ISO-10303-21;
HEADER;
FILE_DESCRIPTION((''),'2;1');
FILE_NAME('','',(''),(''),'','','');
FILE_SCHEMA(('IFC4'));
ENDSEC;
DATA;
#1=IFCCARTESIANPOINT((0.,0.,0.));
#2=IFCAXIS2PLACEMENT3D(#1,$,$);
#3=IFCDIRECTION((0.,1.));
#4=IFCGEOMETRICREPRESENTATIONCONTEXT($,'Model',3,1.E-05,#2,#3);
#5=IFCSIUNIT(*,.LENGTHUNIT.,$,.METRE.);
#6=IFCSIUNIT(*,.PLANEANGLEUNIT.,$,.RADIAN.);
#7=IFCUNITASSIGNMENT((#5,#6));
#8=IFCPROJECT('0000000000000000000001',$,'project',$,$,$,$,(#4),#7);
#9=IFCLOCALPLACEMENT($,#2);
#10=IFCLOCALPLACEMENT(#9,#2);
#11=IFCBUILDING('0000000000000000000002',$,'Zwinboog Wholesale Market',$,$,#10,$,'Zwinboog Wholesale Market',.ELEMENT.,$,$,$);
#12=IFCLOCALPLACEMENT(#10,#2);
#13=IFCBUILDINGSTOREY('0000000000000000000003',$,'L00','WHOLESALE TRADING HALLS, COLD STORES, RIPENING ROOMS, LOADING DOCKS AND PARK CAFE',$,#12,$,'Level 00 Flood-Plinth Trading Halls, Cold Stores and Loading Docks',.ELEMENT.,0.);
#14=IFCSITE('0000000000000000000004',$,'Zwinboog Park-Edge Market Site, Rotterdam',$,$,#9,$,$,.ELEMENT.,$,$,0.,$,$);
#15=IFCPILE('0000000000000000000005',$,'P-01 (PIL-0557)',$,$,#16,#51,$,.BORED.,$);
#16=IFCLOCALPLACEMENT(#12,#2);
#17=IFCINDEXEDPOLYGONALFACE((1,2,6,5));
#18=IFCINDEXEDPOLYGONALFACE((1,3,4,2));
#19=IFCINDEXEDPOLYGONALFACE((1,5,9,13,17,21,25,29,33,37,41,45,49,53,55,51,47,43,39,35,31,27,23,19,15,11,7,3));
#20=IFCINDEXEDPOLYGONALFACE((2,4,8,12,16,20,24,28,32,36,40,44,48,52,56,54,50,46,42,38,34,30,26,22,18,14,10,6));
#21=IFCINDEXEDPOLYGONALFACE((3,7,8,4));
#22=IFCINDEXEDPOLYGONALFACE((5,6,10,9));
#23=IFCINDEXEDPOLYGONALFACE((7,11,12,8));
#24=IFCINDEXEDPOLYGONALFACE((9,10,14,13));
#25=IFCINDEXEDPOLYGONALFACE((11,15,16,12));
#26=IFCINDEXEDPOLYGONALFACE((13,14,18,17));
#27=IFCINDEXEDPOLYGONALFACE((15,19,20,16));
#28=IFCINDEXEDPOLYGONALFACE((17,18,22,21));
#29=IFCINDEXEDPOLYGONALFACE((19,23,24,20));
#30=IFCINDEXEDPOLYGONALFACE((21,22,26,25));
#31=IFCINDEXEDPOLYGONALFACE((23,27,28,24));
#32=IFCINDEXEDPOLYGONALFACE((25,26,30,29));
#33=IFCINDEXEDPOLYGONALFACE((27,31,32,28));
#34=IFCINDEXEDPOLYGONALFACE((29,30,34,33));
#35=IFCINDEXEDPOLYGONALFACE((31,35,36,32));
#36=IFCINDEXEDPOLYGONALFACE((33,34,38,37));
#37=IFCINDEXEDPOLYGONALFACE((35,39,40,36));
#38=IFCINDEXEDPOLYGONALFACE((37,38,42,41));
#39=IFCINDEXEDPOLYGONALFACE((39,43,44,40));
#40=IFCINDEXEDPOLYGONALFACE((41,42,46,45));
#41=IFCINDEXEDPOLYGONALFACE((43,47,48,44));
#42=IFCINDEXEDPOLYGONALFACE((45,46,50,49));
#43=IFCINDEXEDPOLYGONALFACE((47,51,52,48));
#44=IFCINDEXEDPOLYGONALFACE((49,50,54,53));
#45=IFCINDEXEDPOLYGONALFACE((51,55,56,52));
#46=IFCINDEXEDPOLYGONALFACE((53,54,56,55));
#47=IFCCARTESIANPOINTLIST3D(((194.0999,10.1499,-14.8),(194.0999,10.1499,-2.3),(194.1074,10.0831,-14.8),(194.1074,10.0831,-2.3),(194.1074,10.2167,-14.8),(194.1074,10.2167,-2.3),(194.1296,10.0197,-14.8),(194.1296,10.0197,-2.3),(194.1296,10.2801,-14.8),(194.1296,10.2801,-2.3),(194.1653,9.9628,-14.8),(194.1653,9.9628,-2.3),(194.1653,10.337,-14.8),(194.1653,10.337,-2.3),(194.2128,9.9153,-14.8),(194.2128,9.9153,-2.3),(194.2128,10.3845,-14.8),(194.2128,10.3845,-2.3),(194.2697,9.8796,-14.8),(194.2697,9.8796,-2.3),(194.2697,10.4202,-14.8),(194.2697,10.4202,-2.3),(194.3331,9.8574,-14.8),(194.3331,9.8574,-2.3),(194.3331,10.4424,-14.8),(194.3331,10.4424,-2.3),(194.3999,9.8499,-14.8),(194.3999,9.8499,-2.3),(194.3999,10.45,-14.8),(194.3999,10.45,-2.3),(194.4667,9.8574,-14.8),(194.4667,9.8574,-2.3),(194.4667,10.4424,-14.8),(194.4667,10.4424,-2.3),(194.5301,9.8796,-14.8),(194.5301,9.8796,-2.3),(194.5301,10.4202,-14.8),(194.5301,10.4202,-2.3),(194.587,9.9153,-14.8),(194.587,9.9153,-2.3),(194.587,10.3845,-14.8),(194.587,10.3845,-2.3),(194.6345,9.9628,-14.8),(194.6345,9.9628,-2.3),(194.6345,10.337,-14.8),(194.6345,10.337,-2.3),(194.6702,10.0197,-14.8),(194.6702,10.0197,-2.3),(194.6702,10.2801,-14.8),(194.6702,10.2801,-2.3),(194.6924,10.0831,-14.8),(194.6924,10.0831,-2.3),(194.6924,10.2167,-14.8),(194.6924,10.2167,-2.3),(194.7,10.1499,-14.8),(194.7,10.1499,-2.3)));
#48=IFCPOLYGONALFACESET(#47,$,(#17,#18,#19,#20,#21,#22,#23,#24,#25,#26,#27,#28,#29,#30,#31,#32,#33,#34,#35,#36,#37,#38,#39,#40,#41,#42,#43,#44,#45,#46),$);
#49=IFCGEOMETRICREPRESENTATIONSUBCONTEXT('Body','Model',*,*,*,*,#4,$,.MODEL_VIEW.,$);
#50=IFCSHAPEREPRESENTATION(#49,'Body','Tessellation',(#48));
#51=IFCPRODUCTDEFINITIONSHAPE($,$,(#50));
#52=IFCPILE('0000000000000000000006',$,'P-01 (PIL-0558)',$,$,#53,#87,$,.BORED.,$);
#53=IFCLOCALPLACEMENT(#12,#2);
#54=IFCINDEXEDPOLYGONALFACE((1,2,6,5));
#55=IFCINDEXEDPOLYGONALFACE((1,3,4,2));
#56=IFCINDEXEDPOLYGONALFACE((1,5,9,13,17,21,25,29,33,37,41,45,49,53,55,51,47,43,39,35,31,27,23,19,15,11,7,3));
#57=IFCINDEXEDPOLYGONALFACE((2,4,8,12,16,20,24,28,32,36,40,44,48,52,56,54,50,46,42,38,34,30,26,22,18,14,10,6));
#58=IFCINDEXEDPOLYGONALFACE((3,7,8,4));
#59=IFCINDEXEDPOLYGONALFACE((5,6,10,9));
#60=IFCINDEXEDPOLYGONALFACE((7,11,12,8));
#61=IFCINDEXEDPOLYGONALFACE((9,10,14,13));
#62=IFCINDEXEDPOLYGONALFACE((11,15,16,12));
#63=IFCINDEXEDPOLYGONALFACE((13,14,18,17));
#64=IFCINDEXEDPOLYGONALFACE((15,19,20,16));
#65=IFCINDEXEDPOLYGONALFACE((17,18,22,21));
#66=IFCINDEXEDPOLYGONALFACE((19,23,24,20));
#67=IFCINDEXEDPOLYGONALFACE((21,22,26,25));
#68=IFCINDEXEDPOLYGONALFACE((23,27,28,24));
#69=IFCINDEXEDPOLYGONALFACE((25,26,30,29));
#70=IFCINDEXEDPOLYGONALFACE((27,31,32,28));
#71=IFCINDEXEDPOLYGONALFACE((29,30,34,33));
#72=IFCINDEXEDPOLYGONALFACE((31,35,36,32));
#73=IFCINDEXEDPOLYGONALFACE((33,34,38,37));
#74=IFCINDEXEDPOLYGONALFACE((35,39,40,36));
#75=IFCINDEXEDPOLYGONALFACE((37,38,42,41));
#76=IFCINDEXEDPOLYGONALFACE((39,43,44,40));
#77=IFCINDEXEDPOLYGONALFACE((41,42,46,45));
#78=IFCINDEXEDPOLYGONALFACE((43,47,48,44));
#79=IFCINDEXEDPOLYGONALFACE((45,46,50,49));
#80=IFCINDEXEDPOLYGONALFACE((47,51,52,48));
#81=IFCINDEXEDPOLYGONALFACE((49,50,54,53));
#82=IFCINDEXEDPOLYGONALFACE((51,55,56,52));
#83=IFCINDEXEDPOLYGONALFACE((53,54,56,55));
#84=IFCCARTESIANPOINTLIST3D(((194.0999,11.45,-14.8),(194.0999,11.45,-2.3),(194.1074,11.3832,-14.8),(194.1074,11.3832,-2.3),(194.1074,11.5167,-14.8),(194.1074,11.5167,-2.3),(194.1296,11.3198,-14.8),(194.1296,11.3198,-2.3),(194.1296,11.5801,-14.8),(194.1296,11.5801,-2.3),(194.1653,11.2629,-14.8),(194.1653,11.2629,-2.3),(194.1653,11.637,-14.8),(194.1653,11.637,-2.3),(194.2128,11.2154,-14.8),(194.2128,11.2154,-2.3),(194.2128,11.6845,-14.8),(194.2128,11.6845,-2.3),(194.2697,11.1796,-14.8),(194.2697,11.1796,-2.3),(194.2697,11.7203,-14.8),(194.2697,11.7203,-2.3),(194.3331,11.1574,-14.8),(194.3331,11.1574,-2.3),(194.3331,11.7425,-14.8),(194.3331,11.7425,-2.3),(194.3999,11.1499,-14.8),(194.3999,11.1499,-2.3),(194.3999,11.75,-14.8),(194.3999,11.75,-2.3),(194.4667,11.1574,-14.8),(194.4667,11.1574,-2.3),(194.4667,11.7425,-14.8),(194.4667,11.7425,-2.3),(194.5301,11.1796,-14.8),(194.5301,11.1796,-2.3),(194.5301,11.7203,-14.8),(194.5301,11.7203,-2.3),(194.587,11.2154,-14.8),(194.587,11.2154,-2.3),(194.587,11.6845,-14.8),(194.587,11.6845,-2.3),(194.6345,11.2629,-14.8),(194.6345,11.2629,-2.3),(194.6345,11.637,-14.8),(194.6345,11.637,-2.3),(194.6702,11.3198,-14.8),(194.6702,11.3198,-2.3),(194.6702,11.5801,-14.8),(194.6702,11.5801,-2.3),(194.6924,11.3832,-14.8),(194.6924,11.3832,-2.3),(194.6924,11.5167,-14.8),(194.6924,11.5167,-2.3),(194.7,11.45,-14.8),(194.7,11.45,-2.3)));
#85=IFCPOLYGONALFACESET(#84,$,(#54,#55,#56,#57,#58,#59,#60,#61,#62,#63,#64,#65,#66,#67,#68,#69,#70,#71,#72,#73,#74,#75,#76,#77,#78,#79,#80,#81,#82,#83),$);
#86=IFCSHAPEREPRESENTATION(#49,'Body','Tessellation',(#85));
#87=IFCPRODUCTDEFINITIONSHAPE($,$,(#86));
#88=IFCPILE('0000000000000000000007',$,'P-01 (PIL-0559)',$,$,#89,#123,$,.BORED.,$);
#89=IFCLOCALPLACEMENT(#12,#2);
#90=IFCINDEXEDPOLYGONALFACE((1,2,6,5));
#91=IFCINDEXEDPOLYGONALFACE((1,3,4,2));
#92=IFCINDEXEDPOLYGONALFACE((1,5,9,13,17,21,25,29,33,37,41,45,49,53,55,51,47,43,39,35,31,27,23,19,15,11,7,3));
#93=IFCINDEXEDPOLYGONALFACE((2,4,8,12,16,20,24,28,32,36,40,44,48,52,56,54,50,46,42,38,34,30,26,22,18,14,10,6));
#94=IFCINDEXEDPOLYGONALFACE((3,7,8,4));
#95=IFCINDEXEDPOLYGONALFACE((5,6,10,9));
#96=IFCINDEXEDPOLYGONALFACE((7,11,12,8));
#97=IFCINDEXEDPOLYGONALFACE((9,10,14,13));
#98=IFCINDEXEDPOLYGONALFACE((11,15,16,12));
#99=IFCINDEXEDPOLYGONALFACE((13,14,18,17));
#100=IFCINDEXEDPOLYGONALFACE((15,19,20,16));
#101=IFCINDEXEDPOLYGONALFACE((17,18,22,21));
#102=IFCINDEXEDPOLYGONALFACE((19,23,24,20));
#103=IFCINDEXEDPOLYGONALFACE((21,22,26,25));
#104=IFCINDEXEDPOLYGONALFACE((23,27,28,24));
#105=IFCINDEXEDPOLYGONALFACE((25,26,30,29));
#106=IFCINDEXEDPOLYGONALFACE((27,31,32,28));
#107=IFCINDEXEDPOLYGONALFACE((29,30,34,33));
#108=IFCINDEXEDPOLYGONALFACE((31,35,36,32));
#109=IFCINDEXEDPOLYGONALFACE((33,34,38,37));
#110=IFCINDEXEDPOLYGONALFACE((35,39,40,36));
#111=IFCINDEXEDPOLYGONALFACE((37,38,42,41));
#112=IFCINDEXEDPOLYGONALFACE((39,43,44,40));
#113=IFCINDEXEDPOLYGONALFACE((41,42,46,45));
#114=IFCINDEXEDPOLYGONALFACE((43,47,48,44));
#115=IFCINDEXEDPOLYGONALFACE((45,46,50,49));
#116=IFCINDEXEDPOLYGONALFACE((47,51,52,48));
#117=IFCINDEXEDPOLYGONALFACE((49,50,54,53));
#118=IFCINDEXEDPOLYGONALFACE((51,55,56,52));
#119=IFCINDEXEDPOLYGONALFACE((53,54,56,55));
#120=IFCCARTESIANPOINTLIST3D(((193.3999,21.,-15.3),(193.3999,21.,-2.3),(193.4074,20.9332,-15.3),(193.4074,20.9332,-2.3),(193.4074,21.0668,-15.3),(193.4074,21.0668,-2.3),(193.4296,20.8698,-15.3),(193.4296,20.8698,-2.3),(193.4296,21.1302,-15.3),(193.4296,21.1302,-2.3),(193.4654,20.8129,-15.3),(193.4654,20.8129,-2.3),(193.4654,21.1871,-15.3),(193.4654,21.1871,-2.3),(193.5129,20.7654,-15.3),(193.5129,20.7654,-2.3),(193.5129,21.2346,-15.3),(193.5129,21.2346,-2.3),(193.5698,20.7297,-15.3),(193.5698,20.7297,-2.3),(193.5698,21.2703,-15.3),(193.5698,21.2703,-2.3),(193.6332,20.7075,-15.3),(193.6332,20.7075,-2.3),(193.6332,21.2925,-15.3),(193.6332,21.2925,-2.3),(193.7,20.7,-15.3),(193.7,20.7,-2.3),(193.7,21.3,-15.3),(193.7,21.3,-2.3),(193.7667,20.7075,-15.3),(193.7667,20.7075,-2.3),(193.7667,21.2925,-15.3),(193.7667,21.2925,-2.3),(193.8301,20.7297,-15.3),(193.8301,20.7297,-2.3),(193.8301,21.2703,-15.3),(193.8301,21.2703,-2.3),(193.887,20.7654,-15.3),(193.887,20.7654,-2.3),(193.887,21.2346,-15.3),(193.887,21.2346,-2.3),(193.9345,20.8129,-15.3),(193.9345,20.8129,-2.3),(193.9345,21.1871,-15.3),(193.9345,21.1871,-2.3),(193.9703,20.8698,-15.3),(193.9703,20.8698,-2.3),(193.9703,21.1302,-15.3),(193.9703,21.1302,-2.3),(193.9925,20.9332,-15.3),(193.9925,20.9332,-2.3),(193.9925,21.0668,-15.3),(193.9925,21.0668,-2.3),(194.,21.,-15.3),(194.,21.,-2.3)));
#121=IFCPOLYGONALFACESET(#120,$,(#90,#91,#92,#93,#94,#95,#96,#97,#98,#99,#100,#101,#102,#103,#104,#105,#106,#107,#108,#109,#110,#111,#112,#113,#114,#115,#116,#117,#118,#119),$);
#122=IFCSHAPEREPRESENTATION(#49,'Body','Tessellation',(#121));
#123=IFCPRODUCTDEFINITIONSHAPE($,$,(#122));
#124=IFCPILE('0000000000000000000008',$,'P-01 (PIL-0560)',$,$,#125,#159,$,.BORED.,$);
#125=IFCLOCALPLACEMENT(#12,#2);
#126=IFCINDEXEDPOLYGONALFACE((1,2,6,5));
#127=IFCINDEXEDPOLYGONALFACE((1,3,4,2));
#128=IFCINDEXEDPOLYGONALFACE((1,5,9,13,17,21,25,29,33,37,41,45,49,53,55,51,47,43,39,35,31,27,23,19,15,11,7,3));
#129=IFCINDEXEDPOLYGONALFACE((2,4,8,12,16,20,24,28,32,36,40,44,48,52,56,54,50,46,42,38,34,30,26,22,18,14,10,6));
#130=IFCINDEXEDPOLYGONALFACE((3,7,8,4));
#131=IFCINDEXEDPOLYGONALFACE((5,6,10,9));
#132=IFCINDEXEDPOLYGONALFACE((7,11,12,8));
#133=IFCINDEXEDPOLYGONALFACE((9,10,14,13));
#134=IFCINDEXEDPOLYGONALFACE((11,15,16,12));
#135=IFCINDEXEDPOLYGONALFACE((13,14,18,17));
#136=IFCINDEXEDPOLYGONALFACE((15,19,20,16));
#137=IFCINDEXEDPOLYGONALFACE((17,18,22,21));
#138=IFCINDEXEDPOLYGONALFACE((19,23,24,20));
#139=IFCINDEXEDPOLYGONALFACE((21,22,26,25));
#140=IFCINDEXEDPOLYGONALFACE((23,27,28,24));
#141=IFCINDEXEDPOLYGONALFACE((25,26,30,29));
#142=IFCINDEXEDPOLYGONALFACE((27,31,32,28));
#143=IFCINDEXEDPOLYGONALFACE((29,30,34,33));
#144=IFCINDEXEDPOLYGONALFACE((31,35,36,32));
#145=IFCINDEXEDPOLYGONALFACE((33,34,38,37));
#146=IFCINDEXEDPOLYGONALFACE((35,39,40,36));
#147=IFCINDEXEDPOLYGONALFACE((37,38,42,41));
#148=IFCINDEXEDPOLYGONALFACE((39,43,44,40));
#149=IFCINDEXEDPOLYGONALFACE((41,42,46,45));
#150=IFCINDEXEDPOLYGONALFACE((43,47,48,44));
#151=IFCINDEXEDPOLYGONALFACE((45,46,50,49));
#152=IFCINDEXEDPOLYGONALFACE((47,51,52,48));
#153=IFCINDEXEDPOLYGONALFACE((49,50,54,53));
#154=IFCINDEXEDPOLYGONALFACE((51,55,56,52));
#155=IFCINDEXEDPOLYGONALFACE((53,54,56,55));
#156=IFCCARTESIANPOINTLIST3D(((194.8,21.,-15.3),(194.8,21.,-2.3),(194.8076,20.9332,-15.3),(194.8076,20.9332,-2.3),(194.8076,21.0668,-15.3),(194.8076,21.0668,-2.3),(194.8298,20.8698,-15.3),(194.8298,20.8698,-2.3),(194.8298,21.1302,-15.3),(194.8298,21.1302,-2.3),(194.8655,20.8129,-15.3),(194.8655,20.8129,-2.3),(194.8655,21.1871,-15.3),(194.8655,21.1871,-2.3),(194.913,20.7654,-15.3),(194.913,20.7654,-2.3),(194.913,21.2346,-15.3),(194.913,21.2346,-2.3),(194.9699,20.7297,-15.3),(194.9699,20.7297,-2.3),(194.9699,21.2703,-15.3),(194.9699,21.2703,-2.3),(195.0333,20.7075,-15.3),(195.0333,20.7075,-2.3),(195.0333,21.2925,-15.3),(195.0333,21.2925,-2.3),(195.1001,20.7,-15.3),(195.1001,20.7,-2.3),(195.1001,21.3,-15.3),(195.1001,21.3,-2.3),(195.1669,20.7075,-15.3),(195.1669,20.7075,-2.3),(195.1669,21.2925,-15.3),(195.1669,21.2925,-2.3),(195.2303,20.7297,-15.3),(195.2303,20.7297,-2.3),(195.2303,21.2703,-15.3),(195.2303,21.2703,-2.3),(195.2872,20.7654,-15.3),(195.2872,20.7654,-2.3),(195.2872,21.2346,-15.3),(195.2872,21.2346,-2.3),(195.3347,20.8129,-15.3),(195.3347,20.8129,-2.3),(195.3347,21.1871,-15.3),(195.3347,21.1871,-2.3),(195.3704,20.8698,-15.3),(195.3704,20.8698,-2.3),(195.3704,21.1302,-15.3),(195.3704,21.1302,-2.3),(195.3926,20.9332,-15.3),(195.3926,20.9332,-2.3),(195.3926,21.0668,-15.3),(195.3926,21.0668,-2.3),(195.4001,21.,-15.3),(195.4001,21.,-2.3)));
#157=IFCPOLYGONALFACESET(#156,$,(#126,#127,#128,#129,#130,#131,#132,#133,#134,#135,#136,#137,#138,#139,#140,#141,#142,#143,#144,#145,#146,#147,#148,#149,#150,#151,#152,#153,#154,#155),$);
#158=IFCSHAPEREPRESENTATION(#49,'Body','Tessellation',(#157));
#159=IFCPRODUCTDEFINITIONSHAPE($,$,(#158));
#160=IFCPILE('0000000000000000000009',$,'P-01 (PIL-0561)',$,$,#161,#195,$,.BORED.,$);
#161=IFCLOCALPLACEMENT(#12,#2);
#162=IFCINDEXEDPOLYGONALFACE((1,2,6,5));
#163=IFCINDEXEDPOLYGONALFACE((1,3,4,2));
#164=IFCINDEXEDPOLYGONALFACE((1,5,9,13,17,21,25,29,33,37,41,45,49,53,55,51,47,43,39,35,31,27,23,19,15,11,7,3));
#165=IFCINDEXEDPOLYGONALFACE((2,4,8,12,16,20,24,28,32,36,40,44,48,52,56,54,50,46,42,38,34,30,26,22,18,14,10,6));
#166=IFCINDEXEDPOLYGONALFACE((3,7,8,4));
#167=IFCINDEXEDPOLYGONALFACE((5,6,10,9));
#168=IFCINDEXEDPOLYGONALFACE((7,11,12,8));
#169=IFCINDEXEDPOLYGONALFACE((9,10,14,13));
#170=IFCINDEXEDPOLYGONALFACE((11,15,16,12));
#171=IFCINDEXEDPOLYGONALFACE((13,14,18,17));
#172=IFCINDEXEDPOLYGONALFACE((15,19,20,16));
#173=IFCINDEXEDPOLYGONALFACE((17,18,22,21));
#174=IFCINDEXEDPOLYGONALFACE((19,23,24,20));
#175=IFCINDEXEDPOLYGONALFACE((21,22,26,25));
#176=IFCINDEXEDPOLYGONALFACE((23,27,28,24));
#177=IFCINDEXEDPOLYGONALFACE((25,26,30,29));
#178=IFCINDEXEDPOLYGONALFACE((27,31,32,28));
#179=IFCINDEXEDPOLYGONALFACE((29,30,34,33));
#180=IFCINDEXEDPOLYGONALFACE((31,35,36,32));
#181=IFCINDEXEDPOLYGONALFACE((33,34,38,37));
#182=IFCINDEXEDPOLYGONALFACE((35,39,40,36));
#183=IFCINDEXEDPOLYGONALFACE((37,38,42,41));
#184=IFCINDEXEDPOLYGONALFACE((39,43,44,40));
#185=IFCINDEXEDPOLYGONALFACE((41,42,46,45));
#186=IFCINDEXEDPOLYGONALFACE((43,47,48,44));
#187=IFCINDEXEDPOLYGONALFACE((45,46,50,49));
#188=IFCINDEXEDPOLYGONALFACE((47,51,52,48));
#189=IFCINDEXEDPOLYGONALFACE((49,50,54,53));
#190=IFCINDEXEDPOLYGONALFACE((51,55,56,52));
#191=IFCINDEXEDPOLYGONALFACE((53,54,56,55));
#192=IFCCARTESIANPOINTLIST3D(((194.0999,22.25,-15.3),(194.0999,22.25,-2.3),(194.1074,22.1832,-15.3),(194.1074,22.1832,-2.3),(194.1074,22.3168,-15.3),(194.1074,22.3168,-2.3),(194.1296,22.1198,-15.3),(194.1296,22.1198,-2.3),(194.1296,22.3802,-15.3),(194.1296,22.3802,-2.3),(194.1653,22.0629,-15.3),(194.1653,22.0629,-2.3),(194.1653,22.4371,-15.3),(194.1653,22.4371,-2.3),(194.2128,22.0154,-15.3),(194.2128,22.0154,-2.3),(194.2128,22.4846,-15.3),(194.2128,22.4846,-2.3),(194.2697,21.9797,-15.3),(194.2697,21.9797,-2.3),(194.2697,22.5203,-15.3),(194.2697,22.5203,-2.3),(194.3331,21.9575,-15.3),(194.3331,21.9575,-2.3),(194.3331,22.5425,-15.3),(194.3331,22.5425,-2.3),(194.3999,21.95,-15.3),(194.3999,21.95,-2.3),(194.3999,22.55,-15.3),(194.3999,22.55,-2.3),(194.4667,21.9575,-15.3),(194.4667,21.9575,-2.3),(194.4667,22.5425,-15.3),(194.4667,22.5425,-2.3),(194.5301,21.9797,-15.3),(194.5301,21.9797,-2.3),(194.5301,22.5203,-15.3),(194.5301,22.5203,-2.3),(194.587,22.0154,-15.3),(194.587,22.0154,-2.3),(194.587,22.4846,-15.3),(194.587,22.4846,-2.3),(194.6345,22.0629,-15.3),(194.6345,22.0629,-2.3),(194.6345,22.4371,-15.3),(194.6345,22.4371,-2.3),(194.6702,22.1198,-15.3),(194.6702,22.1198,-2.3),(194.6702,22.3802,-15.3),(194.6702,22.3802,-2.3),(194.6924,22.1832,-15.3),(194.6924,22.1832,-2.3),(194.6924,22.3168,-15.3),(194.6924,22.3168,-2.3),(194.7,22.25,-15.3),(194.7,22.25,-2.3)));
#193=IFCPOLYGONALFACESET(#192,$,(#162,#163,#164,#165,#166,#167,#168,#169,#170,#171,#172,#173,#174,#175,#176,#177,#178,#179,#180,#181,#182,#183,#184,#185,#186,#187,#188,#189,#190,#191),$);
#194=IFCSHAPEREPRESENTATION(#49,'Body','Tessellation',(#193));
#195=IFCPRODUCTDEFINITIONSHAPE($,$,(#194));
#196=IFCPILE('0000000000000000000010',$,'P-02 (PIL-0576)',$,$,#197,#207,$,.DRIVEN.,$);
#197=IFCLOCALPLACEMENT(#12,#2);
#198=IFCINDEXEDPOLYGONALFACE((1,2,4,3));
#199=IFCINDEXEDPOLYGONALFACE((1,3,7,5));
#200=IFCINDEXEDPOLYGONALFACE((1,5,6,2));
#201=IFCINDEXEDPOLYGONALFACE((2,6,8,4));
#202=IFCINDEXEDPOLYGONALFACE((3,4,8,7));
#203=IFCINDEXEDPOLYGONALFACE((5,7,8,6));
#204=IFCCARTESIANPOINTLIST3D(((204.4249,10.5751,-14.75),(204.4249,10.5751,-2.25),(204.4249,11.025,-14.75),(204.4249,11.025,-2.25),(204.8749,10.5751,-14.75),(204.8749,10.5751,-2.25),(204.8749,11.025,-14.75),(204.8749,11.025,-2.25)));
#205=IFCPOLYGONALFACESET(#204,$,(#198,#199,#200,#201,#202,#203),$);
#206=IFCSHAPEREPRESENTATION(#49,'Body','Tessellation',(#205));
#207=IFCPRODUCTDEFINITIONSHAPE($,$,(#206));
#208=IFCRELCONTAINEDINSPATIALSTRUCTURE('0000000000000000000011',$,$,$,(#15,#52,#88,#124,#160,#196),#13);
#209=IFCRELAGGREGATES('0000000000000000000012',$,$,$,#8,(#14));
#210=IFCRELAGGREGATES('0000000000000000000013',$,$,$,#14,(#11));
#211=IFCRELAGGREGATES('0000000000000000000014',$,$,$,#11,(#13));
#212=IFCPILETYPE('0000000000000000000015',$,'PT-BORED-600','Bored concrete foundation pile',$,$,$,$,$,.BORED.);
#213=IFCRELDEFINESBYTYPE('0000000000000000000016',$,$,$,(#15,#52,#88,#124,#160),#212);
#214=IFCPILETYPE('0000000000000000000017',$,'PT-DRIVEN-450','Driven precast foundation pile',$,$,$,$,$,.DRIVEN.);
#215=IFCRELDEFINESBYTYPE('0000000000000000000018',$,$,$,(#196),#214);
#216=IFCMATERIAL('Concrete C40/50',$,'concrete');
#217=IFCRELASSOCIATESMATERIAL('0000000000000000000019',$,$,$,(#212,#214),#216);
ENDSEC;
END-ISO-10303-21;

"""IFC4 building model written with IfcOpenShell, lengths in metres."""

from ifc_helpers import new_model, si_unit, direction, frame, origin, origin_2d, place, context, subcontext, project, spatial, rectangle, circle, extrude, material, material_profile, profile_set, type_object, element, save


model = new_model("IFC4")

# Units and contexts
model_context = context("Model", 3, precision=1e-05, world=origin(), true_north=direction((0.0, 1.0)))
body_context = subcontext(model_context, "Body", "Model", "MODEL_VIEW")
ifc_project = project(units=[si_unit("LENGTHUNIT", "METRE"), si_unit("PLANEANGLEUNIT", "RADIAN")], contexts=[model_context])

# Site, building, storey
site_placement = place(None, origin())
site = spatial("IfcSite", under=ifc_project, at=site_placement, Name="Zwinboog Park-Edge Market Site, Rotterdam", CompositionType="ELEMENT", RefElevation=0.0)
building_placement = place(site_placement, origin())
building = spatial("IfcBuilding", under=site, at=building_placement, Name="Zwinboog Wholesale Market", LongName="Zwinboog Wholesale Market", CompositionType="ELEMENT")
storey_placement = place(building_placement, origin())
storey = spatial("IfcBuildingStorey", under=building, at=storey_placement, Name="L00", Description="WHOLESALE TRADING HALLS, COLD STORES, RIPENING ROOMS, LOADING DOCKS AND PARK CAFE", LongName="Level 00 Flood-Plinth Trading Halls, Cold Stores and Loading Docks", CompositionType="ELEMENT", Elevation=0.0)

# Piles
ifc_material_1 = material(Name="Concrete C40/50", Category="concrete")
ifc_material_profile_1 = material_profile(ifc_material_1, circle(Radius=0.3, at=origin_2d()), Name="PILE D600")
ifc_profile_set_1 = profile_set([ifc_material_profile_1], Name="Concrete C40/50")
pile_type_1 = type_object("IfcPileType", Name="PT-BORED-600", Description="Bored concrete foundation pile", PredefinedType="BORED", material=ifc_profile_set_1)
for number, where, z_axis, x_axis, name in (
    (1, (194.3999, 10.1499, -2.3), (0.0, 0.0, -1.0), (1.0, 0.0, 0.0), "P-01 (PIL-0557)"),
    (2, (194.3999, 11.45, -2.3), (0.0, 0.0, -1.0), (1.0, 0.0, 0.0), "P-01 (PIL-0558)"),
):
    element("IfcPile", number, at=place(storey_placement, frame(where, z_axis=z_axis, x_axis=x_axis)), inside=storey, type_object=pile_type_1, Name=name, PredefinedType="BORED", context=body_context, shape_type="SweptSolid", body=[
        extrude(circle(Radius=0.3, at=origin_2d()), origin(), (0.0, 0.0, 1.0), 12.5),
    ])
for number, where, z_axis, x_axis, name in (
    (3, (193.7, 21.0, -2.3), (0.0, 0.0, -1.0), (1.0, 0.0, 0.0), "P-01 (PIL-0559)"),
    (4, (195.1001, 21.0, -2.3), (0.0, 0.0, -1.0), (1.0, 0.0, 0.0), "P-01 (PIL-0560)"),
    (5, (194.3999, 22.25, -2.3), (0.0, 0.0, -1.0), (1.0, 0.0, 0.0), "P-01 (PIL-0561)"),
):
    element("IfcPile", number, at=place(storey_placement, frame(where, z_axis=z_axis, x_axis=x_axis)), inside=storey, type_object=pile_type_1, Name=name, PredefinedType="BORED", context=body_context, shape_type="SweptSolid", body=[
        extrude(circle(Radius=0.3, at=origin_2d()), origin(), (0.0, 0.0, 1.0), 13.0),
    ])
ifc_material_profile_2 = material_profile(ifc_material_1, rectangle(XDim=0.45, YDim=0.45, at=origin_2d()), Name="PILE SQ450")
ifc_profile_set_2 = profile_set([ifc_material_profile_2], Name="Concrete C40/50")
pile_type_2 = type_object("IfcPileType", Name="PT-DRIVEN-450", Description="Driven precast foundation pile", PredefinedType="DRIVEN", material=ifc_profile_set_2)
for number, where, z_axis, x_axis, name in (
    (6, (204.6499, 10.8, -2.25), (0.0, 0.0, -1.0), (1.0, 0.0, 0.0), "P-02 (PIL-0576)"),
):
    element("IfcPile", number, at=place(storey_placement, frame(where, z_axis=z_axis, x_axis=x_axis)), inside=storey, type_object=pile_type_2, Name=name, PredefinedType="DRIVEN", context=body_context, shape_type="SweptSolid", body=[
        extrude(rectangle(XDim=0.45, YDim=0.45, at=origin_2d()), origin(), (0.0, 0.0, 1.0), 12.5),
    ])

save(model, "model.ifc")
